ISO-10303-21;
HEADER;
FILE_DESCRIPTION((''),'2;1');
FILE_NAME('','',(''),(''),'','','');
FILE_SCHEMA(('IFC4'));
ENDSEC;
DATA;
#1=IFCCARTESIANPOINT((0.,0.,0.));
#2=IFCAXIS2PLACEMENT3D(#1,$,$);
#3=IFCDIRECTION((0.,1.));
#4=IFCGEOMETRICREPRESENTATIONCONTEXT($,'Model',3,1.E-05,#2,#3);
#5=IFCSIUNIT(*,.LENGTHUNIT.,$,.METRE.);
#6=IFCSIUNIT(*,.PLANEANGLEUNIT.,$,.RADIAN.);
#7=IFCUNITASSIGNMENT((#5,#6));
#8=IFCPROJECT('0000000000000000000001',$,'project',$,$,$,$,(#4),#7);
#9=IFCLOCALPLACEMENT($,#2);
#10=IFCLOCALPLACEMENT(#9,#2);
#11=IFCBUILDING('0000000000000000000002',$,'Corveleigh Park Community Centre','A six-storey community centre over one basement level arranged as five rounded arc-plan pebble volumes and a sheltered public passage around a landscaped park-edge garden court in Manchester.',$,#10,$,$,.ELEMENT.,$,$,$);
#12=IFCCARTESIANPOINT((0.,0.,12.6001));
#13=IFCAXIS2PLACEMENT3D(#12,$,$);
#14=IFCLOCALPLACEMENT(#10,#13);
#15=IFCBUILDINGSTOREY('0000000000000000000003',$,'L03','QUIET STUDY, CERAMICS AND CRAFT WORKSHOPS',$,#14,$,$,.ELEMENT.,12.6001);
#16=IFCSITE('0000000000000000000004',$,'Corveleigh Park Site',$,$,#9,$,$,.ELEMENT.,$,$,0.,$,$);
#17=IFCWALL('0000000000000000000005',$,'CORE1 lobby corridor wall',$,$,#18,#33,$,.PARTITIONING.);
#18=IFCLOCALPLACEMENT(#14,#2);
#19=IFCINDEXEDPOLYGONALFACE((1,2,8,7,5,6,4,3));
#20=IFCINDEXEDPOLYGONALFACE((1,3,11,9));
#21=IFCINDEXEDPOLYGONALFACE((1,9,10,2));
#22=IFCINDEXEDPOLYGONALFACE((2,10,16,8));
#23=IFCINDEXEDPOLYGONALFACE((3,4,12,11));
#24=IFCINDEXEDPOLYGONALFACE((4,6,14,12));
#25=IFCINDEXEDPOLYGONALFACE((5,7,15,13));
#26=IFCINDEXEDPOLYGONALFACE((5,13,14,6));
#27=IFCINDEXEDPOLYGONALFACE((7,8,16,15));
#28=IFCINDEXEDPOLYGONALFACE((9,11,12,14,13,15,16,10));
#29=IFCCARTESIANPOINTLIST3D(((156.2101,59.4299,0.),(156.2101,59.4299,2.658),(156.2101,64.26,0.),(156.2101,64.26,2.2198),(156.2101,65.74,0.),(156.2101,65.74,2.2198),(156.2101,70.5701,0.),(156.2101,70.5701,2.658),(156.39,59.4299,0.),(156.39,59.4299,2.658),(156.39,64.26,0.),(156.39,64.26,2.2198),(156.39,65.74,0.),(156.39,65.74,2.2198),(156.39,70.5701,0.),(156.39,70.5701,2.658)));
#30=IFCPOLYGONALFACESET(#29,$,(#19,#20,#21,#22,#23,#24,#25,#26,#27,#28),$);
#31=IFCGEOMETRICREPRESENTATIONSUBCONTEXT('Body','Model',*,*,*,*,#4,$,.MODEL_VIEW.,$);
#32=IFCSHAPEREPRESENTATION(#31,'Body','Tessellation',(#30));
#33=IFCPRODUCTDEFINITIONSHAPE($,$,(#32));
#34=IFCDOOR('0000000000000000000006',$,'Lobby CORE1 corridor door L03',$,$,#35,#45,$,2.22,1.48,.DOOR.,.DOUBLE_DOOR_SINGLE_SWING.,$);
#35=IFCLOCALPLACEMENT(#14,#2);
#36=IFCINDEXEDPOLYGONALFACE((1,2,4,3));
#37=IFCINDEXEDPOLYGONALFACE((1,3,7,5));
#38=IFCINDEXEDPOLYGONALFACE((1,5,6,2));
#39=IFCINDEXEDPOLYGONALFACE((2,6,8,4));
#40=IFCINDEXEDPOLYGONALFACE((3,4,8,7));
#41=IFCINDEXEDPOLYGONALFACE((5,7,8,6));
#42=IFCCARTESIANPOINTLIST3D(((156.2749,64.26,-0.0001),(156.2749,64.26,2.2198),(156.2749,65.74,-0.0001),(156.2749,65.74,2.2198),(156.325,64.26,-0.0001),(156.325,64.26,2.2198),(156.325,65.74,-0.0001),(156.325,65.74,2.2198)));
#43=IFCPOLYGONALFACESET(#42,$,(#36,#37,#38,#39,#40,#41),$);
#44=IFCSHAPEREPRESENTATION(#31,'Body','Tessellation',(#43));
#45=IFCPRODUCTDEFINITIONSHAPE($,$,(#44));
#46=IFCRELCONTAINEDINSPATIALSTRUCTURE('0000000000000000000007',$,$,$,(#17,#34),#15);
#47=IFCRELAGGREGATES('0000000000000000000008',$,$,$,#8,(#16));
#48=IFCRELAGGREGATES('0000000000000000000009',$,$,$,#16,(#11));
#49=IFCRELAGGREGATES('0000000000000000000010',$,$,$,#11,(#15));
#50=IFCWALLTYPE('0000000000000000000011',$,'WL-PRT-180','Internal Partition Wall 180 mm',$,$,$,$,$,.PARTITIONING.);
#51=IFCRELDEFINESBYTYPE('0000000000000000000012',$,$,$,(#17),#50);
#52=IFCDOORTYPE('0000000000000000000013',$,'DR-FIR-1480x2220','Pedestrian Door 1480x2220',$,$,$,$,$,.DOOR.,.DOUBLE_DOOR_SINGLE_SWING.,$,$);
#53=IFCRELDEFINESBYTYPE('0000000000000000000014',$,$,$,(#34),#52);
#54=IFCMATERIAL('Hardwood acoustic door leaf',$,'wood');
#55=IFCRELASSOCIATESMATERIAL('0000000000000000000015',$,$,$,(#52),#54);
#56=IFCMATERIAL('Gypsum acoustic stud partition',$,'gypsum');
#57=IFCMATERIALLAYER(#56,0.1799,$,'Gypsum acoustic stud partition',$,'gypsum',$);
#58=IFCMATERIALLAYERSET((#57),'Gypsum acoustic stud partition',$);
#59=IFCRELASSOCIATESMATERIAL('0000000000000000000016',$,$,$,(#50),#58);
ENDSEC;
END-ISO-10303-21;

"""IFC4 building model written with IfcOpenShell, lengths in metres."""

from ifc_helpers import new_model, si_unit, direction, frame, frame_2d, origin, place, context, subcontext, project, spatial, rectangle, extrude, material, layer, layer_set, type_object, element, fill, save


model = new_model("IFC4")

# Units and contexts
model_context = context("Model", 3, precision=1e-05, world=origin(), true_north=direction((0.0, 1.0)))
body_context = subcontext(model_context, "Body", "Model", "MODEL_VIEW")
ifc_project = project(units=[si_unit("LENGTHUNIT", "METRE"), si_unit("PLANEANGLEUNIT", "RADIAN")], contexts=[model_context])

# Site, building, storey
site_placement = place(None, origin())
site = spatial("IfcSite", under=ifc_project, at=site_placement, Name="Corveleigh Park Site", CompositionType="ELEMENT", RefElevation=0.0)
building_placement = place(site_placement, origin())
building = spatial("IfcBuilding", under=site, at=building_placement, Name="Corveleigh Park Community Centre", Description="A six-storey community centre over one basement level arranged as five rounded arc-plan pebble volumes and a sheltered public passage around a landscaped park-edge garden court in Manchester.", CompositionType="ELEMENT")
storey_placement = place(building_placement, frame((0.0, 0.0, 12.6001)))
storey = spatial("IfcBuildingStorey", under=building, at=storey_placement, Name="L03", Description="QUIET STUDY, CERAMICS AND CRAFT WORKSHOPS", CompositionType="ELEMENT", Elevation=12.6001)

# Shared definitions
ifc_material_1 = material(Name="Gypsum acoustic stud partition", Category="gypsum")
ifc_material_2 = material(Name="Hardwood acoustic door leaf", Category="wood")
door_type_1 = type_object("IfcDoorType", Name="DR-FIR-1480x2220", Description="Pedestrian Door 1480x2220", OperationType="DOUBLE_DOOR_SINGLE_SWING", PredefinedType="DOOR", material=ifc_material_2)

# Wall, opening, door
ifc_layer_1 = layer(ifc_material_1, 0.1799, Name="Gypsum acoustic stud partition", Category="gypsum")
ifc_layer_set_1 = layer_set([ifc_layer_1], Name="Gypsum acoustic stud partition")
wall_type_1 = type_object("IfcWallType", Name="WL-PRT-180", Description="Internal Partition Wall 180 mm", PredefinedType="PARTITIONING", material=ifc_layer_set_1)
wall_1_placement = place(storey_placement, frame((156.3, 70.5701, 0.0), z_axis=(0.0, 0.0, 1.0), x_axis=(0.0, -1.0, 0.0)))
wall_1 = element("IfcWall", 1, at=wall_1_placement, inside=storey, type_object=wall_type_1, Name="CORE1 lobby corridor wall", PredefinedType="PARTITIONING", context=body_context, shape_type="SweptSolid", body=[
    extrude(rectangle(XDim=11.1401, YDim=0.1799, at=frame_2d((5.5701, 0.0))), origin(), (0.0, 0.0, 1.0), 2.658),
])
opening_1_placement = place(wall_1_placement, frame((4.8301, 0.0, 0.0)))
opening_1 = element("IfcOpeningElement", 2, at=opening_1_placement, cuts=wall_1, PredefinedType="OPENING", context=body_context, shape_type="SweptSolid", body=[
    extrude(rectangle(XDim=1.48, YDim=2.22, at=frame_2d((0.74, 1.1099))), frame((0.0, 0.0999, 0.0), z_axis=(0.0, -1.0, 0.0), x_axis=(1.0, 0.0, 0.0)), (0.0, 0.0, 1.0), 0.2),
])
door_1_placement = place(opening_1_placement, origin())
door_1 = element("IfcDoor", 3, at=door_1_placement, inside=storey, type_object=door_type_1, Name="Lobby CORE1 corridor door L03", OperationType="DOUBLE_DOOR_SINGLE_SWING", OverallHeight=2.22, OverallWidth=1.48, PredefinedType="DOOR", context=body_context, shape_type="SweptSolid", body=[
    extrude(rectangle(XDim=1.48, YDim=2.22, at=frame_2d((0.74, 1.1099))), frame((0.0, 0.0249, 0.0), z_axis=(0.0, -1.0, 0.0), x_axis=(1.0, 0.0, 0.0)), (0.0, 0.0, 1.0), 0.05),
])
fill(opening_1, door_1)

save(model, "model.ifc")
